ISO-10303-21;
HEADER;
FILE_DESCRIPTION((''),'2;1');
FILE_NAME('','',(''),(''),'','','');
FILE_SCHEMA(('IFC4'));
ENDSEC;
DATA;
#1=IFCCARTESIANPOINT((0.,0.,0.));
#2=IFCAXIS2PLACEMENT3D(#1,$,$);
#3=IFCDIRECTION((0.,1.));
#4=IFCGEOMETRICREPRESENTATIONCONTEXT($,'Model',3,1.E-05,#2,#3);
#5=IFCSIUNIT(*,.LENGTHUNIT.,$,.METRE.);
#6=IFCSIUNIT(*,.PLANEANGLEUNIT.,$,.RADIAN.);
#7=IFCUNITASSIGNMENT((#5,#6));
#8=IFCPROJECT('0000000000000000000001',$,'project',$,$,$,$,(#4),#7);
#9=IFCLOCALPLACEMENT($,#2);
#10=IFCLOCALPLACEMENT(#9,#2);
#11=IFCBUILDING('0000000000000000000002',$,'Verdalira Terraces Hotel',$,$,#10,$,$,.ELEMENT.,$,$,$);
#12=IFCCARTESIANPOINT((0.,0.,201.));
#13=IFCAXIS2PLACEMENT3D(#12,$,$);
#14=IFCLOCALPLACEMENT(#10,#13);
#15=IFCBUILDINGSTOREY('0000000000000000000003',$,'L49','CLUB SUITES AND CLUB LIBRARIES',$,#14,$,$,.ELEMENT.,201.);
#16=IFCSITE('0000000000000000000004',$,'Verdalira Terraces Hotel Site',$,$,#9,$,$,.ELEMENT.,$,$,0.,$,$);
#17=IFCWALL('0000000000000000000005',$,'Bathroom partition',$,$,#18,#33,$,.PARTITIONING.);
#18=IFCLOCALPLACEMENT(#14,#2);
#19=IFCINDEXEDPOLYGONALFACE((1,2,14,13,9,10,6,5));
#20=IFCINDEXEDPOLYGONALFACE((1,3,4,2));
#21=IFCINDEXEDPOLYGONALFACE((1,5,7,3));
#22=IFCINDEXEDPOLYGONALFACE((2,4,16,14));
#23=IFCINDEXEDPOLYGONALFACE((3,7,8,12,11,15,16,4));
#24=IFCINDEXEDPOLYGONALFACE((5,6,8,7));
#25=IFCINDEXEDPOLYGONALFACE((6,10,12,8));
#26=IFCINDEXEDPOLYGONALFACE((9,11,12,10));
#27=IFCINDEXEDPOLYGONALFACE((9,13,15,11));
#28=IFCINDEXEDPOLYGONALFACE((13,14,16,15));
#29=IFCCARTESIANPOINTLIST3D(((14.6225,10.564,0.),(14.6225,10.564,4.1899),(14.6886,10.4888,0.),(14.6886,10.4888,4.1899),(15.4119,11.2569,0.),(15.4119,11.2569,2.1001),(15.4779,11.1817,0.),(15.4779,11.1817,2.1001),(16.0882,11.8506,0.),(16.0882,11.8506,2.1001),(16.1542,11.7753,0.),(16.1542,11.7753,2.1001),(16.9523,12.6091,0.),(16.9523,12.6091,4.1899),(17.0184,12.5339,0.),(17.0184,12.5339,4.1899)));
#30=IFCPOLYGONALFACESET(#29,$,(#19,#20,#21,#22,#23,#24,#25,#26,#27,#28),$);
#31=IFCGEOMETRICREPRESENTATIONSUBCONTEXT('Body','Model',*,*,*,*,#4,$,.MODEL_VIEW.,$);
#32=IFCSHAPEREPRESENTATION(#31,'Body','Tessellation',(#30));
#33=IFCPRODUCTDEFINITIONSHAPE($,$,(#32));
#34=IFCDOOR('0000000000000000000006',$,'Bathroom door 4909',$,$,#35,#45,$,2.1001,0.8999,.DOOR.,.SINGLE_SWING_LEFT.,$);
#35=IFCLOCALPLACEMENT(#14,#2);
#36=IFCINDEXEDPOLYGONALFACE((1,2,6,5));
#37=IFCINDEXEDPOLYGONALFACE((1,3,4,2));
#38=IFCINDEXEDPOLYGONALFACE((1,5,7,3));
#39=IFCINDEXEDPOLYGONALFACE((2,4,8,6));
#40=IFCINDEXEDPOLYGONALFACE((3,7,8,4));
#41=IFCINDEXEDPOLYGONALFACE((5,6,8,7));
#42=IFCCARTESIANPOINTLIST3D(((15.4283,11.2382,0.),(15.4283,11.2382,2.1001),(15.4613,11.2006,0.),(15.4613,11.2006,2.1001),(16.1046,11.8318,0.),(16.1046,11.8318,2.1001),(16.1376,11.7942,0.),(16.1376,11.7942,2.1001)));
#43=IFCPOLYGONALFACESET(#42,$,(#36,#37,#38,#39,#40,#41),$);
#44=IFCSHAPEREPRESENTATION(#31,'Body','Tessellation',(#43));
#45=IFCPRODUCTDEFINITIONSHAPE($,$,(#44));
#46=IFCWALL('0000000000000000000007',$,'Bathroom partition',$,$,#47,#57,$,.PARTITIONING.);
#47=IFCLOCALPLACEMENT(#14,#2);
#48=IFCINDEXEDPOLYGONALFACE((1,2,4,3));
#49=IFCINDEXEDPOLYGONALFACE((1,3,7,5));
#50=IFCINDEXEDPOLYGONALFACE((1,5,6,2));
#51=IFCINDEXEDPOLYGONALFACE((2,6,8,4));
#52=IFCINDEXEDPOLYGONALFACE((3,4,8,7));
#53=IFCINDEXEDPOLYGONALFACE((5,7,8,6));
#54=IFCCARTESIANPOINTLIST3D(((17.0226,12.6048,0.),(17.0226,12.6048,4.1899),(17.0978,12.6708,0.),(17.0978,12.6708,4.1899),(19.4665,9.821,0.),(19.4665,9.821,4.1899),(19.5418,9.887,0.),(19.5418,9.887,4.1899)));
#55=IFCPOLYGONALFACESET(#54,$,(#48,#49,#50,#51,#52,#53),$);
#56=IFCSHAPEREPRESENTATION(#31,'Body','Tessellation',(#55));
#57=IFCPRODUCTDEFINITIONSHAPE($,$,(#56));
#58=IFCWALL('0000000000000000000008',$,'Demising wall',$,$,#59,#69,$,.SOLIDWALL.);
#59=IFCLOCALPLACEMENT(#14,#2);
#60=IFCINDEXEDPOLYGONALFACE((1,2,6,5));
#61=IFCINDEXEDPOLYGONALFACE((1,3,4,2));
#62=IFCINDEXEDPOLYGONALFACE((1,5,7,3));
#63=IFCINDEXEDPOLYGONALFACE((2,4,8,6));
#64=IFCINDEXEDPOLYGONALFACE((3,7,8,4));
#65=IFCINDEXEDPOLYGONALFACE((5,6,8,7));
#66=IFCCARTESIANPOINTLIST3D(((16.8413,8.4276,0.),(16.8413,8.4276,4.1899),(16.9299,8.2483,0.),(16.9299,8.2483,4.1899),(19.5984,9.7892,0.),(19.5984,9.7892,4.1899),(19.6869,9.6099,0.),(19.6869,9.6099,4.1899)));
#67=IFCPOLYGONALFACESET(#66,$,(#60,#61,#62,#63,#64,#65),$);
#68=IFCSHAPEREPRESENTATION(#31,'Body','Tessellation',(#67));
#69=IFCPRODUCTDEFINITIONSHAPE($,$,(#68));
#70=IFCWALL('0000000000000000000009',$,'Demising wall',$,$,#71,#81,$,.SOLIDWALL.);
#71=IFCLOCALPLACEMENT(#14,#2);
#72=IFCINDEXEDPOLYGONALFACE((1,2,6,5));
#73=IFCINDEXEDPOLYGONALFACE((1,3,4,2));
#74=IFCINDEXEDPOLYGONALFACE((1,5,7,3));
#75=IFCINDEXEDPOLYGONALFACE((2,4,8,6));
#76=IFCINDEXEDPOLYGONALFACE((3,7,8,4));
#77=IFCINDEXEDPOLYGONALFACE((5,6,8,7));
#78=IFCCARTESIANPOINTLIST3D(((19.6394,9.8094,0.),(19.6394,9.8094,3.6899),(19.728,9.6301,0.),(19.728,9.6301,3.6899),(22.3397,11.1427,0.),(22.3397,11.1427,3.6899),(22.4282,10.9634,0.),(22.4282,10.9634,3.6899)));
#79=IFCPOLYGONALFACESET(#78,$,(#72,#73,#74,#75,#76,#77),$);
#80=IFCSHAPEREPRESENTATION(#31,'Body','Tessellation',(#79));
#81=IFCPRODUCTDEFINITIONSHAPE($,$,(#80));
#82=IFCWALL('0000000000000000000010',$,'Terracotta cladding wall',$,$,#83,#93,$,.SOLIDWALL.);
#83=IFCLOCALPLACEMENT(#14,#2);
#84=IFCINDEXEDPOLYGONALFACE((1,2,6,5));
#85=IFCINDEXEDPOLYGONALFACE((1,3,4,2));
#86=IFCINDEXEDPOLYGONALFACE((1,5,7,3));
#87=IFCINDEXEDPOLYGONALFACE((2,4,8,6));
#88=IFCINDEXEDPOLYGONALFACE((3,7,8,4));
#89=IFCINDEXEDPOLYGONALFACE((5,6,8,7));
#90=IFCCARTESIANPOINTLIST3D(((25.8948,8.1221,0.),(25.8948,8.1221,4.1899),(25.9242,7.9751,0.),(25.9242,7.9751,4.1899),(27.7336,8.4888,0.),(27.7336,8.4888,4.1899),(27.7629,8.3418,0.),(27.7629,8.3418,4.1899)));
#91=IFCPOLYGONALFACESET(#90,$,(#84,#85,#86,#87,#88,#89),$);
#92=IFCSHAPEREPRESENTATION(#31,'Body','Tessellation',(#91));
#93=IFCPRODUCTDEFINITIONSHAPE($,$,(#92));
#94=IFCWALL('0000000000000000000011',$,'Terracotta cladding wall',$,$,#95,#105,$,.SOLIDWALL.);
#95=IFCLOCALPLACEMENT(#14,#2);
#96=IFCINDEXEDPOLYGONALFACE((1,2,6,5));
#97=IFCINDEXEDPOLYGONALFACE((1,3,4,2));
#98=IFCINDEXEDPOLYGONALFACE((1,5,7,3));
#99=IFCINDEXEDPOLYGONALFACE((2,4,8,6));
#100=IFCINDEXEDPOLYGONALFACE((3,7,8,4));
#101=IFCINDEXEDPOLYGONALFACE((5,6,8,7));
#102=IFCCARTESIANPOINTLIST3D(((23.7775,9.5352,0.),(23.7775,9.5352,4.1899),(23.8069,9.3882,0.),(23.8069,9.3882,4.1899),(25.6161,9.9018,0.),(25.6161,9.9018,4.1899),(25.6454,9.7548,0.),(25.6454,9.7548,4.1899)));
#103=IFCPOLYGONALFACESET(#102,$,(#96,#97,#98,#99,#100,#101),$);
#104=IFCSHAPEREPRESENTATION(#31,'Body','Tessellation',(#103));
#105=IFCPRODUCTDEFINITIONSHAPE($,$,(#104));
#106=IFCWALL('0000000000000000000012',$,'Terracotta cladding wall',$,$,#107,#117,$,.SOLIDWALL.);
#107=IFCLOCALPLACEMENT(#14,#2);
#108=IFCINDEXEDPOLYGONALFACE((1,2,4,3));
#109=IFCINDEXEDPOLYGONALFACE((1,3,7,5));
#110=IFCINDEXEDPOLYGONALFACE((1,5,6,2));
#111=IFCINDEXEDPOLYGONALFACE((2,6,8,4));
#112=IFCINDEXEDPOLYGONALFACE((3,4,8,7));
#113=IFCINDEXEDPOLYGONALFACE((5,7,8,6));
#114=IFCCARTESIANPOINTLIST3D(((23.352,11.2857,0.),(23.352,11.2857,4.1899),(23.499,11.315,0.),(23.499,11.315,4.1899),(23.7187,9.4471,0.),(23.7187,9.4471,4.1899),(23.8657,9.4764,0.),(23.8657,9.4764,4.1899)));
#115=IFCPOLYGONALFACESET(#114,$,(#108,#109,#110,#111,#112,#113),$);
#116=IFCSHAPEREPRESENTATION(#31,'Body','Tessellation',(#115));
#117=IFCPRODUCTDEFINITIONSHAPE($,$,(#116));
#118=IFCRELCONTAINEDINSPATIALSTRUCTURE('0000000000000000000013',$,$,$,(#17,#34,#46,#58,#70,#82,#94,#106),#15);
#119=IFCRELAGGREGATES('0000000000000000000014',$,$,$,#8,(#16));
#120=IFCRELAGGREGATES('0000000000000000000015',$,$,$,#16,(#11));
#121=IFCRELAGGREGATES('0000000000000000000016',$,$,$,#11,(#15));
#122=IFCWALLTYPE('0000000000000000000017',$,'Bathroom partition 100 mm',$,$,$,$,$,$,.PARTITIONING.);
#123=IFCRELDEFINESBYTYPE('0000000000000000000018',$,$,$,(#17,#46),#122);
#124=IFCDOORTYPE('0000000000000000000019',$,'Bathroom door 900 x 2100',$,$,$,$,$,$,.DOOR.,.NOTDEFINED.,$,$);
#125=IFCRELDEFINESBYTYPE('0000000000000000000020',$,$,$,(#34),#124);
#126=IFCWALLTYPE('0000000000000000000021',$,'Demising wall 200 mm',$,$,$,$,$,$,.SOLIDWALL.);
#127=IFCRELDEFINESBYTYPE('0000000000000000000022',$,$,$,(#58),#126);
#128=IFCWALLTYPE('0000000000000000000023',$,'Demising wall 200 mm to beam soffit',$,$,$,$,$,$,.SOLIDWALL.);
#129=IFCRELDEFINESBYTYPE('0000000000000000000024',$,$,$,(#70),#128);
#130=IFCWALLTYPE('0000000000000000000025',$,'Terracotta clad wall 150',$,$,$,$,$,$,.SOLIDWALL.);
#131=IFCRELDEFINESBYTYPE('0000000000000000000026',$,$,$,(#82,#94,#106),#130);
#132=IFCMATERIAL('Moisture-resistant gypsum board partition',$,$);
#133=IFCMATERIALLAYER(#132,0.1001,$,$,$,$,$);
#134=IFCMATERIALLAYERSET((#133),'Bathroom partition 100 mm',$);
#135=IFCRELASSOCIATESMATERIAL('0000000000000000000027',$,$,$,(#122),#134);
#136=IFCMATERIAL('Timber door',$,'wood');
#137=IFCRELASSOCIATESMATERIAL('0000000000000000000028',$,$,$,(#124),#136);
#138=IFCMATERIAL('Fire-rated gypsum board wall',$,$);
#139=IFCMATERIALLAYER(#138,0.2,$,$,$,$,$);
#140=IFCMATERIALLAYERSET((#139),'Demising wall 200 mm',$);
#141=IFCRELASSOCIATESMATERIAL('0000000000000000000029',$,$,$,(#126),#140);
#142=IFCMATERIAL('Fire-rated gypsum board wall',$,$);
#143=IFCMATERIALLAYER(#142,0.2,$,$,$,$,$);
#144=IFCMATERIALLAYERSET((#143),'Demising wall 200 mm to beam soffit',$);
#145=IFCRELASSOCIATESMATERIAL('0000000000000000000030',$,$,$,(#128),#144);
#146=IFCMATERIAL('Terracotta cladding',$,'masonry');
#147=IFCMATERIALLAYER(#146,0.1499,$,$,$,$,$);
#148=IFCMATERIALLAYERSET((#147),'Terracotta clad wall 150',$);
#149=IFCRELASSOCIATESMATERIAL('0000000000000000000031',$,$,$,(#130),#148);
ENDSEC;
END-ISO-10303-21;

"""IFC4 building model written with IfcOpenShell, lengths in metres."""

from ifc_helpers import new_model, si_unit, direction, frame, frame_2d, origin, place, context, subcontext, project, spatial, rectangle, extrude, material, layer, layer_set, type_object, element, fill, save


model = new_model("IFC4")

# Units and contexts
model_context = context("Model", 3, precision=1e-05, world=origin(), true_north=direction((0.0, 1.0)))
body_context = subcontext(model_context, "Body", "Model", "MODEL_VIEW")
ifc_project = project(units=[si_unit("LENGTHUNIT", "METRE"), si_unit("PLANEANGLEUNIT", "RADIAN")], contexts=[model_context])

# Site, building, storey
site_placement = place(None, origin())
site = spatial("IfcSite", under=ifc_project, at=site_placement, Name="Verdalira Terraces Hotel Site", CompositionType="ELEMENT", RefElevation=0.0)
building_placement = place(site_placement, origin())
building = spatial("IfcBuilding", under=site, at=building_placement, Name="Verdalira Terraces Hotel", CompositionType="ELEMENT")
storey_placement = place(building_placement, frame((0.0, 0.0, 201.0)))
storey = spatial("IfcBuildingStorey", under=building, at=storey_placement, Name="L49", Description="CLUB SUITES AND CLUB LIBRARIES", CompositionType="ELEMENT", Elevation=201.0)

# Wall, opening, door
ifc_material_1 = material(Name="Moisture-resistant gypsum board partition")
ifc_layer_1 = layer(ifc_material_1, 0.1001)
ifc_layer_set_1 = layer_set([ifc_layer_1], Name="Bathroom partition 100 mm")
wall_type_1 = type_object("IfcWallType", Name="Bathroom partition 100 mm", PredefinedType="PARTITIONING", material=ifc_layer_set_1)
wall_1_placement = place(storey_placement, frame((16.9854, 12.5715, 0.0), z_axis=(0.0, 0.0, 1.0), x_axis=(-0.751527, -0.659702, 0.0)))
wall_1 = element("IfcWall", 1, at=wall_1_placement, inside=storey, type_object=wall_type_1, Name="Bathroom partition", PredefinedType="PARTITIONING", context=body_context, shape_type="SweptSolid", body=[
    extrude(rectangle(XDim=3.1001, YDim=0.1001, at=frame_2d((1.55, 0.0))), origin(), (0.0, 0.0, 1.0), 4.1899),
])
opening_placement = place(wall_1_placement, frame((1.1499, 0.0, 0.0)))
opening = element("IfcOpeningElement", 2, at=opening_placement, cuts=wall_1, PredefinedType="OPENING", context=body_context, shape_type="SweptSolid", body=[
    extrude(rectangle(XDim=0.8999, YDim=2.1001, at=frame_2d((0.45, 1.05))), frame((0.0, 0.0601, 0.0), z_axis=(0.0, -1.0, 0.0), x_axis=(1.0, 0.0, 0.0)), (0.0, 0.0, 1.0), 0.1201),
])
ifc_material_2 = material(Name="Timber door", Category="wood")
door_type = type_object("IfcDoorType", Name="Bathroom door 900 x 2100", OperationType="NOTDEFINED", PredefinedType="DOOR", material=ifc_material_2)
door_placement = place(opening_placement, origin())
door = element("IfcDoor", 3, at=door_placement, inside=storey, type_object=door_type, Name="Bathroom door 4909", OperationType="SINGLE_SWING_LEFT", OverallHeight=2.1001, OverallWidth=0.8999, PredefinedType="DOOR", context=body_context, shape_type="SweptSolid", body=[
    extrude(rectangle(XDim=0.8999, YDim=2.1001, at=frame_2d((0.45, 1.05))), frame((0.0, 0.0249, 0.0), z_axis=(0.0, -1.0, 0.0), x_axis=(1.0, 0.0, 0.0)), (0.0, 0.0, 1.0), 0.05),
])
fill(opening, door)

# Walls
wall_2_placement = place(storey_placement, frame((17.0603, 12.6377, 0.0), z_axis=(0.0, 0.0, 1.0), x_axis=(0.659745, -0.75149, 0.0)))
element("IfcWall", 4, at=wall_2_placement, inside=storey, type_object=wall_type_1, Name="Bathroom partition", PredefinedType="PARTITIONING", context=body_context, shape_type="SweptSolid", body=[
    extrude(rectangle(XDim=3.7043, YDim=0.1001, at=frame_2d((1.8521, 0.0))), origin(), (0.0, 0.0, 1.0), 4.1899),
])
ifc_material_3 = material(Name="Fire-rated gypsum board wall")
ifc_layer_2 = layer(ifc_material_3, 0.2)
ifc_layer_set_2 = layer_set([ifc_layer_2], Name="Demising wall 200 mm")
wall_type_2 = type_object("IfcWallType", Name="Demising wall 200 mm", PredefinedType="SOLIDWALL", material=ifc_layer_set_2)
wall_3_placement = place(storey_placement, frame((16.8855, 8.3379, 0.0), z_axis=(0.0, 0.0, 1.0), x_axis=(0.896624, 0.442794, 0.0)))
element("IfcWall", 5, at=wall_3_placement, inside=storey, type_object=wall_type_2, Name="Demising wall", PredefinedType="SOLIDWALL", context=body_context, shape_type="SweptSolid", body=[
    extrude(rectangle(XDim=3.075, YDim=0.2, at=frame_2d((1.5376, 0.0))), origin(), (0.0, 0.0, 1.0), 4.1899),
])
ifc_material_4 = material(Name="Fire-rated gypsum board wall")
ifc_layer_3 = layer(ifc_material_4, 0.2)
ifc_layer_set_3 = layer_set([ifc_layer_3], Name="Demising wall 200 mm to beam soffit")
wall_type_3 = type_object("IfcWallType", Name="Demising wall 200 mm to beam soffit", PredefinedType="SOLIDWALL", material=ifc_layer_set_3)
wall_4_placement = place(storey_placement, frame((19.6836, 9.7197, 0.0), z_axis=(0.0, 0.0, 1.0), x_axis=(0.896654, 0.442733, 0.0)))
element("IfcWall", 6, at=wall_4_placement, inside=storey, type_object=wall_type_3, Name="Demising wall", PredefinedType="SOLIDWALL", context=body_context, shape_type="SweptSolid", body=[
    extrude(rectangle(XDim=3.0115, YDim=0.2, at=frame_2d((1.5059, 0.0))), origin(), (0.0, 0.0, 1.0), 3.6899),
])
ifc_material_5 = material(Name="Terracotta cladding", Category="masonry")
ifc_layer_4 = layer(ifc_material_5, 0.1499)
ifc_layer_set_4 = layer_set([ifc_layer_4], Name="Terracotta clad wall 150")
wall_type_4 = type_object("IfcWallType", Name="Terracotta clad wall 150", PredefinedType="SOLIDWALL", material=ifc_layer_set_4)
wall_5_placement = place(storey_placement, frame((27.7483, 8.4153, 0.0), z_axis=(0.0, 0.0, 1.0), x_axis=(-0.980691, -0.195565, 0.0)))
element("IfcWall", 7, at=wall_5_placement, inside=storey, type_object=wall_type_4, Name="Terracotta cladding wall", PredefinedType="SOLIDWALL", context=body_context, shape_type="SweptSolid", body=[
    extrude(rectangle(XDim=1.875, YDim=0.1499, at=frame_2d((0.9375, 0.0))), origin(), (0.0, 0.0, 1.0), 4.1899),
])
for number, where, z_axis, x_axis, name in (
    (8, (25.6309, 9.8284, 0.0), (0.0, 0.0, 1.0), (-0.980686, -0.19559, 0.0), "Terracotta cladding wall"),
    (9, (23.7922, 9.4617, 0.0), (0.0, 0.0, 1.0), (-0.19559, 0.980686, 0.0), "Terracotta cladding wall"),
):
    element("IfcWall", number, at=place(storey_placement, frame(where, z_axis=z_axis, x_axis=x_axis)), inside=storey, type_object=wall_type_4, Name=name, PredefinedType="SOLIDWALL", context=body_context, shape_type="SweptSolid", body=[
        extrude(rectangle(XDim=1.8748, YDim=0.1499, at=frame_2d((0.9375, 0.0))), origin(), (0.0, 0.0, 1.0), 4.1899),
    ])

save(model, "model.ifc")
